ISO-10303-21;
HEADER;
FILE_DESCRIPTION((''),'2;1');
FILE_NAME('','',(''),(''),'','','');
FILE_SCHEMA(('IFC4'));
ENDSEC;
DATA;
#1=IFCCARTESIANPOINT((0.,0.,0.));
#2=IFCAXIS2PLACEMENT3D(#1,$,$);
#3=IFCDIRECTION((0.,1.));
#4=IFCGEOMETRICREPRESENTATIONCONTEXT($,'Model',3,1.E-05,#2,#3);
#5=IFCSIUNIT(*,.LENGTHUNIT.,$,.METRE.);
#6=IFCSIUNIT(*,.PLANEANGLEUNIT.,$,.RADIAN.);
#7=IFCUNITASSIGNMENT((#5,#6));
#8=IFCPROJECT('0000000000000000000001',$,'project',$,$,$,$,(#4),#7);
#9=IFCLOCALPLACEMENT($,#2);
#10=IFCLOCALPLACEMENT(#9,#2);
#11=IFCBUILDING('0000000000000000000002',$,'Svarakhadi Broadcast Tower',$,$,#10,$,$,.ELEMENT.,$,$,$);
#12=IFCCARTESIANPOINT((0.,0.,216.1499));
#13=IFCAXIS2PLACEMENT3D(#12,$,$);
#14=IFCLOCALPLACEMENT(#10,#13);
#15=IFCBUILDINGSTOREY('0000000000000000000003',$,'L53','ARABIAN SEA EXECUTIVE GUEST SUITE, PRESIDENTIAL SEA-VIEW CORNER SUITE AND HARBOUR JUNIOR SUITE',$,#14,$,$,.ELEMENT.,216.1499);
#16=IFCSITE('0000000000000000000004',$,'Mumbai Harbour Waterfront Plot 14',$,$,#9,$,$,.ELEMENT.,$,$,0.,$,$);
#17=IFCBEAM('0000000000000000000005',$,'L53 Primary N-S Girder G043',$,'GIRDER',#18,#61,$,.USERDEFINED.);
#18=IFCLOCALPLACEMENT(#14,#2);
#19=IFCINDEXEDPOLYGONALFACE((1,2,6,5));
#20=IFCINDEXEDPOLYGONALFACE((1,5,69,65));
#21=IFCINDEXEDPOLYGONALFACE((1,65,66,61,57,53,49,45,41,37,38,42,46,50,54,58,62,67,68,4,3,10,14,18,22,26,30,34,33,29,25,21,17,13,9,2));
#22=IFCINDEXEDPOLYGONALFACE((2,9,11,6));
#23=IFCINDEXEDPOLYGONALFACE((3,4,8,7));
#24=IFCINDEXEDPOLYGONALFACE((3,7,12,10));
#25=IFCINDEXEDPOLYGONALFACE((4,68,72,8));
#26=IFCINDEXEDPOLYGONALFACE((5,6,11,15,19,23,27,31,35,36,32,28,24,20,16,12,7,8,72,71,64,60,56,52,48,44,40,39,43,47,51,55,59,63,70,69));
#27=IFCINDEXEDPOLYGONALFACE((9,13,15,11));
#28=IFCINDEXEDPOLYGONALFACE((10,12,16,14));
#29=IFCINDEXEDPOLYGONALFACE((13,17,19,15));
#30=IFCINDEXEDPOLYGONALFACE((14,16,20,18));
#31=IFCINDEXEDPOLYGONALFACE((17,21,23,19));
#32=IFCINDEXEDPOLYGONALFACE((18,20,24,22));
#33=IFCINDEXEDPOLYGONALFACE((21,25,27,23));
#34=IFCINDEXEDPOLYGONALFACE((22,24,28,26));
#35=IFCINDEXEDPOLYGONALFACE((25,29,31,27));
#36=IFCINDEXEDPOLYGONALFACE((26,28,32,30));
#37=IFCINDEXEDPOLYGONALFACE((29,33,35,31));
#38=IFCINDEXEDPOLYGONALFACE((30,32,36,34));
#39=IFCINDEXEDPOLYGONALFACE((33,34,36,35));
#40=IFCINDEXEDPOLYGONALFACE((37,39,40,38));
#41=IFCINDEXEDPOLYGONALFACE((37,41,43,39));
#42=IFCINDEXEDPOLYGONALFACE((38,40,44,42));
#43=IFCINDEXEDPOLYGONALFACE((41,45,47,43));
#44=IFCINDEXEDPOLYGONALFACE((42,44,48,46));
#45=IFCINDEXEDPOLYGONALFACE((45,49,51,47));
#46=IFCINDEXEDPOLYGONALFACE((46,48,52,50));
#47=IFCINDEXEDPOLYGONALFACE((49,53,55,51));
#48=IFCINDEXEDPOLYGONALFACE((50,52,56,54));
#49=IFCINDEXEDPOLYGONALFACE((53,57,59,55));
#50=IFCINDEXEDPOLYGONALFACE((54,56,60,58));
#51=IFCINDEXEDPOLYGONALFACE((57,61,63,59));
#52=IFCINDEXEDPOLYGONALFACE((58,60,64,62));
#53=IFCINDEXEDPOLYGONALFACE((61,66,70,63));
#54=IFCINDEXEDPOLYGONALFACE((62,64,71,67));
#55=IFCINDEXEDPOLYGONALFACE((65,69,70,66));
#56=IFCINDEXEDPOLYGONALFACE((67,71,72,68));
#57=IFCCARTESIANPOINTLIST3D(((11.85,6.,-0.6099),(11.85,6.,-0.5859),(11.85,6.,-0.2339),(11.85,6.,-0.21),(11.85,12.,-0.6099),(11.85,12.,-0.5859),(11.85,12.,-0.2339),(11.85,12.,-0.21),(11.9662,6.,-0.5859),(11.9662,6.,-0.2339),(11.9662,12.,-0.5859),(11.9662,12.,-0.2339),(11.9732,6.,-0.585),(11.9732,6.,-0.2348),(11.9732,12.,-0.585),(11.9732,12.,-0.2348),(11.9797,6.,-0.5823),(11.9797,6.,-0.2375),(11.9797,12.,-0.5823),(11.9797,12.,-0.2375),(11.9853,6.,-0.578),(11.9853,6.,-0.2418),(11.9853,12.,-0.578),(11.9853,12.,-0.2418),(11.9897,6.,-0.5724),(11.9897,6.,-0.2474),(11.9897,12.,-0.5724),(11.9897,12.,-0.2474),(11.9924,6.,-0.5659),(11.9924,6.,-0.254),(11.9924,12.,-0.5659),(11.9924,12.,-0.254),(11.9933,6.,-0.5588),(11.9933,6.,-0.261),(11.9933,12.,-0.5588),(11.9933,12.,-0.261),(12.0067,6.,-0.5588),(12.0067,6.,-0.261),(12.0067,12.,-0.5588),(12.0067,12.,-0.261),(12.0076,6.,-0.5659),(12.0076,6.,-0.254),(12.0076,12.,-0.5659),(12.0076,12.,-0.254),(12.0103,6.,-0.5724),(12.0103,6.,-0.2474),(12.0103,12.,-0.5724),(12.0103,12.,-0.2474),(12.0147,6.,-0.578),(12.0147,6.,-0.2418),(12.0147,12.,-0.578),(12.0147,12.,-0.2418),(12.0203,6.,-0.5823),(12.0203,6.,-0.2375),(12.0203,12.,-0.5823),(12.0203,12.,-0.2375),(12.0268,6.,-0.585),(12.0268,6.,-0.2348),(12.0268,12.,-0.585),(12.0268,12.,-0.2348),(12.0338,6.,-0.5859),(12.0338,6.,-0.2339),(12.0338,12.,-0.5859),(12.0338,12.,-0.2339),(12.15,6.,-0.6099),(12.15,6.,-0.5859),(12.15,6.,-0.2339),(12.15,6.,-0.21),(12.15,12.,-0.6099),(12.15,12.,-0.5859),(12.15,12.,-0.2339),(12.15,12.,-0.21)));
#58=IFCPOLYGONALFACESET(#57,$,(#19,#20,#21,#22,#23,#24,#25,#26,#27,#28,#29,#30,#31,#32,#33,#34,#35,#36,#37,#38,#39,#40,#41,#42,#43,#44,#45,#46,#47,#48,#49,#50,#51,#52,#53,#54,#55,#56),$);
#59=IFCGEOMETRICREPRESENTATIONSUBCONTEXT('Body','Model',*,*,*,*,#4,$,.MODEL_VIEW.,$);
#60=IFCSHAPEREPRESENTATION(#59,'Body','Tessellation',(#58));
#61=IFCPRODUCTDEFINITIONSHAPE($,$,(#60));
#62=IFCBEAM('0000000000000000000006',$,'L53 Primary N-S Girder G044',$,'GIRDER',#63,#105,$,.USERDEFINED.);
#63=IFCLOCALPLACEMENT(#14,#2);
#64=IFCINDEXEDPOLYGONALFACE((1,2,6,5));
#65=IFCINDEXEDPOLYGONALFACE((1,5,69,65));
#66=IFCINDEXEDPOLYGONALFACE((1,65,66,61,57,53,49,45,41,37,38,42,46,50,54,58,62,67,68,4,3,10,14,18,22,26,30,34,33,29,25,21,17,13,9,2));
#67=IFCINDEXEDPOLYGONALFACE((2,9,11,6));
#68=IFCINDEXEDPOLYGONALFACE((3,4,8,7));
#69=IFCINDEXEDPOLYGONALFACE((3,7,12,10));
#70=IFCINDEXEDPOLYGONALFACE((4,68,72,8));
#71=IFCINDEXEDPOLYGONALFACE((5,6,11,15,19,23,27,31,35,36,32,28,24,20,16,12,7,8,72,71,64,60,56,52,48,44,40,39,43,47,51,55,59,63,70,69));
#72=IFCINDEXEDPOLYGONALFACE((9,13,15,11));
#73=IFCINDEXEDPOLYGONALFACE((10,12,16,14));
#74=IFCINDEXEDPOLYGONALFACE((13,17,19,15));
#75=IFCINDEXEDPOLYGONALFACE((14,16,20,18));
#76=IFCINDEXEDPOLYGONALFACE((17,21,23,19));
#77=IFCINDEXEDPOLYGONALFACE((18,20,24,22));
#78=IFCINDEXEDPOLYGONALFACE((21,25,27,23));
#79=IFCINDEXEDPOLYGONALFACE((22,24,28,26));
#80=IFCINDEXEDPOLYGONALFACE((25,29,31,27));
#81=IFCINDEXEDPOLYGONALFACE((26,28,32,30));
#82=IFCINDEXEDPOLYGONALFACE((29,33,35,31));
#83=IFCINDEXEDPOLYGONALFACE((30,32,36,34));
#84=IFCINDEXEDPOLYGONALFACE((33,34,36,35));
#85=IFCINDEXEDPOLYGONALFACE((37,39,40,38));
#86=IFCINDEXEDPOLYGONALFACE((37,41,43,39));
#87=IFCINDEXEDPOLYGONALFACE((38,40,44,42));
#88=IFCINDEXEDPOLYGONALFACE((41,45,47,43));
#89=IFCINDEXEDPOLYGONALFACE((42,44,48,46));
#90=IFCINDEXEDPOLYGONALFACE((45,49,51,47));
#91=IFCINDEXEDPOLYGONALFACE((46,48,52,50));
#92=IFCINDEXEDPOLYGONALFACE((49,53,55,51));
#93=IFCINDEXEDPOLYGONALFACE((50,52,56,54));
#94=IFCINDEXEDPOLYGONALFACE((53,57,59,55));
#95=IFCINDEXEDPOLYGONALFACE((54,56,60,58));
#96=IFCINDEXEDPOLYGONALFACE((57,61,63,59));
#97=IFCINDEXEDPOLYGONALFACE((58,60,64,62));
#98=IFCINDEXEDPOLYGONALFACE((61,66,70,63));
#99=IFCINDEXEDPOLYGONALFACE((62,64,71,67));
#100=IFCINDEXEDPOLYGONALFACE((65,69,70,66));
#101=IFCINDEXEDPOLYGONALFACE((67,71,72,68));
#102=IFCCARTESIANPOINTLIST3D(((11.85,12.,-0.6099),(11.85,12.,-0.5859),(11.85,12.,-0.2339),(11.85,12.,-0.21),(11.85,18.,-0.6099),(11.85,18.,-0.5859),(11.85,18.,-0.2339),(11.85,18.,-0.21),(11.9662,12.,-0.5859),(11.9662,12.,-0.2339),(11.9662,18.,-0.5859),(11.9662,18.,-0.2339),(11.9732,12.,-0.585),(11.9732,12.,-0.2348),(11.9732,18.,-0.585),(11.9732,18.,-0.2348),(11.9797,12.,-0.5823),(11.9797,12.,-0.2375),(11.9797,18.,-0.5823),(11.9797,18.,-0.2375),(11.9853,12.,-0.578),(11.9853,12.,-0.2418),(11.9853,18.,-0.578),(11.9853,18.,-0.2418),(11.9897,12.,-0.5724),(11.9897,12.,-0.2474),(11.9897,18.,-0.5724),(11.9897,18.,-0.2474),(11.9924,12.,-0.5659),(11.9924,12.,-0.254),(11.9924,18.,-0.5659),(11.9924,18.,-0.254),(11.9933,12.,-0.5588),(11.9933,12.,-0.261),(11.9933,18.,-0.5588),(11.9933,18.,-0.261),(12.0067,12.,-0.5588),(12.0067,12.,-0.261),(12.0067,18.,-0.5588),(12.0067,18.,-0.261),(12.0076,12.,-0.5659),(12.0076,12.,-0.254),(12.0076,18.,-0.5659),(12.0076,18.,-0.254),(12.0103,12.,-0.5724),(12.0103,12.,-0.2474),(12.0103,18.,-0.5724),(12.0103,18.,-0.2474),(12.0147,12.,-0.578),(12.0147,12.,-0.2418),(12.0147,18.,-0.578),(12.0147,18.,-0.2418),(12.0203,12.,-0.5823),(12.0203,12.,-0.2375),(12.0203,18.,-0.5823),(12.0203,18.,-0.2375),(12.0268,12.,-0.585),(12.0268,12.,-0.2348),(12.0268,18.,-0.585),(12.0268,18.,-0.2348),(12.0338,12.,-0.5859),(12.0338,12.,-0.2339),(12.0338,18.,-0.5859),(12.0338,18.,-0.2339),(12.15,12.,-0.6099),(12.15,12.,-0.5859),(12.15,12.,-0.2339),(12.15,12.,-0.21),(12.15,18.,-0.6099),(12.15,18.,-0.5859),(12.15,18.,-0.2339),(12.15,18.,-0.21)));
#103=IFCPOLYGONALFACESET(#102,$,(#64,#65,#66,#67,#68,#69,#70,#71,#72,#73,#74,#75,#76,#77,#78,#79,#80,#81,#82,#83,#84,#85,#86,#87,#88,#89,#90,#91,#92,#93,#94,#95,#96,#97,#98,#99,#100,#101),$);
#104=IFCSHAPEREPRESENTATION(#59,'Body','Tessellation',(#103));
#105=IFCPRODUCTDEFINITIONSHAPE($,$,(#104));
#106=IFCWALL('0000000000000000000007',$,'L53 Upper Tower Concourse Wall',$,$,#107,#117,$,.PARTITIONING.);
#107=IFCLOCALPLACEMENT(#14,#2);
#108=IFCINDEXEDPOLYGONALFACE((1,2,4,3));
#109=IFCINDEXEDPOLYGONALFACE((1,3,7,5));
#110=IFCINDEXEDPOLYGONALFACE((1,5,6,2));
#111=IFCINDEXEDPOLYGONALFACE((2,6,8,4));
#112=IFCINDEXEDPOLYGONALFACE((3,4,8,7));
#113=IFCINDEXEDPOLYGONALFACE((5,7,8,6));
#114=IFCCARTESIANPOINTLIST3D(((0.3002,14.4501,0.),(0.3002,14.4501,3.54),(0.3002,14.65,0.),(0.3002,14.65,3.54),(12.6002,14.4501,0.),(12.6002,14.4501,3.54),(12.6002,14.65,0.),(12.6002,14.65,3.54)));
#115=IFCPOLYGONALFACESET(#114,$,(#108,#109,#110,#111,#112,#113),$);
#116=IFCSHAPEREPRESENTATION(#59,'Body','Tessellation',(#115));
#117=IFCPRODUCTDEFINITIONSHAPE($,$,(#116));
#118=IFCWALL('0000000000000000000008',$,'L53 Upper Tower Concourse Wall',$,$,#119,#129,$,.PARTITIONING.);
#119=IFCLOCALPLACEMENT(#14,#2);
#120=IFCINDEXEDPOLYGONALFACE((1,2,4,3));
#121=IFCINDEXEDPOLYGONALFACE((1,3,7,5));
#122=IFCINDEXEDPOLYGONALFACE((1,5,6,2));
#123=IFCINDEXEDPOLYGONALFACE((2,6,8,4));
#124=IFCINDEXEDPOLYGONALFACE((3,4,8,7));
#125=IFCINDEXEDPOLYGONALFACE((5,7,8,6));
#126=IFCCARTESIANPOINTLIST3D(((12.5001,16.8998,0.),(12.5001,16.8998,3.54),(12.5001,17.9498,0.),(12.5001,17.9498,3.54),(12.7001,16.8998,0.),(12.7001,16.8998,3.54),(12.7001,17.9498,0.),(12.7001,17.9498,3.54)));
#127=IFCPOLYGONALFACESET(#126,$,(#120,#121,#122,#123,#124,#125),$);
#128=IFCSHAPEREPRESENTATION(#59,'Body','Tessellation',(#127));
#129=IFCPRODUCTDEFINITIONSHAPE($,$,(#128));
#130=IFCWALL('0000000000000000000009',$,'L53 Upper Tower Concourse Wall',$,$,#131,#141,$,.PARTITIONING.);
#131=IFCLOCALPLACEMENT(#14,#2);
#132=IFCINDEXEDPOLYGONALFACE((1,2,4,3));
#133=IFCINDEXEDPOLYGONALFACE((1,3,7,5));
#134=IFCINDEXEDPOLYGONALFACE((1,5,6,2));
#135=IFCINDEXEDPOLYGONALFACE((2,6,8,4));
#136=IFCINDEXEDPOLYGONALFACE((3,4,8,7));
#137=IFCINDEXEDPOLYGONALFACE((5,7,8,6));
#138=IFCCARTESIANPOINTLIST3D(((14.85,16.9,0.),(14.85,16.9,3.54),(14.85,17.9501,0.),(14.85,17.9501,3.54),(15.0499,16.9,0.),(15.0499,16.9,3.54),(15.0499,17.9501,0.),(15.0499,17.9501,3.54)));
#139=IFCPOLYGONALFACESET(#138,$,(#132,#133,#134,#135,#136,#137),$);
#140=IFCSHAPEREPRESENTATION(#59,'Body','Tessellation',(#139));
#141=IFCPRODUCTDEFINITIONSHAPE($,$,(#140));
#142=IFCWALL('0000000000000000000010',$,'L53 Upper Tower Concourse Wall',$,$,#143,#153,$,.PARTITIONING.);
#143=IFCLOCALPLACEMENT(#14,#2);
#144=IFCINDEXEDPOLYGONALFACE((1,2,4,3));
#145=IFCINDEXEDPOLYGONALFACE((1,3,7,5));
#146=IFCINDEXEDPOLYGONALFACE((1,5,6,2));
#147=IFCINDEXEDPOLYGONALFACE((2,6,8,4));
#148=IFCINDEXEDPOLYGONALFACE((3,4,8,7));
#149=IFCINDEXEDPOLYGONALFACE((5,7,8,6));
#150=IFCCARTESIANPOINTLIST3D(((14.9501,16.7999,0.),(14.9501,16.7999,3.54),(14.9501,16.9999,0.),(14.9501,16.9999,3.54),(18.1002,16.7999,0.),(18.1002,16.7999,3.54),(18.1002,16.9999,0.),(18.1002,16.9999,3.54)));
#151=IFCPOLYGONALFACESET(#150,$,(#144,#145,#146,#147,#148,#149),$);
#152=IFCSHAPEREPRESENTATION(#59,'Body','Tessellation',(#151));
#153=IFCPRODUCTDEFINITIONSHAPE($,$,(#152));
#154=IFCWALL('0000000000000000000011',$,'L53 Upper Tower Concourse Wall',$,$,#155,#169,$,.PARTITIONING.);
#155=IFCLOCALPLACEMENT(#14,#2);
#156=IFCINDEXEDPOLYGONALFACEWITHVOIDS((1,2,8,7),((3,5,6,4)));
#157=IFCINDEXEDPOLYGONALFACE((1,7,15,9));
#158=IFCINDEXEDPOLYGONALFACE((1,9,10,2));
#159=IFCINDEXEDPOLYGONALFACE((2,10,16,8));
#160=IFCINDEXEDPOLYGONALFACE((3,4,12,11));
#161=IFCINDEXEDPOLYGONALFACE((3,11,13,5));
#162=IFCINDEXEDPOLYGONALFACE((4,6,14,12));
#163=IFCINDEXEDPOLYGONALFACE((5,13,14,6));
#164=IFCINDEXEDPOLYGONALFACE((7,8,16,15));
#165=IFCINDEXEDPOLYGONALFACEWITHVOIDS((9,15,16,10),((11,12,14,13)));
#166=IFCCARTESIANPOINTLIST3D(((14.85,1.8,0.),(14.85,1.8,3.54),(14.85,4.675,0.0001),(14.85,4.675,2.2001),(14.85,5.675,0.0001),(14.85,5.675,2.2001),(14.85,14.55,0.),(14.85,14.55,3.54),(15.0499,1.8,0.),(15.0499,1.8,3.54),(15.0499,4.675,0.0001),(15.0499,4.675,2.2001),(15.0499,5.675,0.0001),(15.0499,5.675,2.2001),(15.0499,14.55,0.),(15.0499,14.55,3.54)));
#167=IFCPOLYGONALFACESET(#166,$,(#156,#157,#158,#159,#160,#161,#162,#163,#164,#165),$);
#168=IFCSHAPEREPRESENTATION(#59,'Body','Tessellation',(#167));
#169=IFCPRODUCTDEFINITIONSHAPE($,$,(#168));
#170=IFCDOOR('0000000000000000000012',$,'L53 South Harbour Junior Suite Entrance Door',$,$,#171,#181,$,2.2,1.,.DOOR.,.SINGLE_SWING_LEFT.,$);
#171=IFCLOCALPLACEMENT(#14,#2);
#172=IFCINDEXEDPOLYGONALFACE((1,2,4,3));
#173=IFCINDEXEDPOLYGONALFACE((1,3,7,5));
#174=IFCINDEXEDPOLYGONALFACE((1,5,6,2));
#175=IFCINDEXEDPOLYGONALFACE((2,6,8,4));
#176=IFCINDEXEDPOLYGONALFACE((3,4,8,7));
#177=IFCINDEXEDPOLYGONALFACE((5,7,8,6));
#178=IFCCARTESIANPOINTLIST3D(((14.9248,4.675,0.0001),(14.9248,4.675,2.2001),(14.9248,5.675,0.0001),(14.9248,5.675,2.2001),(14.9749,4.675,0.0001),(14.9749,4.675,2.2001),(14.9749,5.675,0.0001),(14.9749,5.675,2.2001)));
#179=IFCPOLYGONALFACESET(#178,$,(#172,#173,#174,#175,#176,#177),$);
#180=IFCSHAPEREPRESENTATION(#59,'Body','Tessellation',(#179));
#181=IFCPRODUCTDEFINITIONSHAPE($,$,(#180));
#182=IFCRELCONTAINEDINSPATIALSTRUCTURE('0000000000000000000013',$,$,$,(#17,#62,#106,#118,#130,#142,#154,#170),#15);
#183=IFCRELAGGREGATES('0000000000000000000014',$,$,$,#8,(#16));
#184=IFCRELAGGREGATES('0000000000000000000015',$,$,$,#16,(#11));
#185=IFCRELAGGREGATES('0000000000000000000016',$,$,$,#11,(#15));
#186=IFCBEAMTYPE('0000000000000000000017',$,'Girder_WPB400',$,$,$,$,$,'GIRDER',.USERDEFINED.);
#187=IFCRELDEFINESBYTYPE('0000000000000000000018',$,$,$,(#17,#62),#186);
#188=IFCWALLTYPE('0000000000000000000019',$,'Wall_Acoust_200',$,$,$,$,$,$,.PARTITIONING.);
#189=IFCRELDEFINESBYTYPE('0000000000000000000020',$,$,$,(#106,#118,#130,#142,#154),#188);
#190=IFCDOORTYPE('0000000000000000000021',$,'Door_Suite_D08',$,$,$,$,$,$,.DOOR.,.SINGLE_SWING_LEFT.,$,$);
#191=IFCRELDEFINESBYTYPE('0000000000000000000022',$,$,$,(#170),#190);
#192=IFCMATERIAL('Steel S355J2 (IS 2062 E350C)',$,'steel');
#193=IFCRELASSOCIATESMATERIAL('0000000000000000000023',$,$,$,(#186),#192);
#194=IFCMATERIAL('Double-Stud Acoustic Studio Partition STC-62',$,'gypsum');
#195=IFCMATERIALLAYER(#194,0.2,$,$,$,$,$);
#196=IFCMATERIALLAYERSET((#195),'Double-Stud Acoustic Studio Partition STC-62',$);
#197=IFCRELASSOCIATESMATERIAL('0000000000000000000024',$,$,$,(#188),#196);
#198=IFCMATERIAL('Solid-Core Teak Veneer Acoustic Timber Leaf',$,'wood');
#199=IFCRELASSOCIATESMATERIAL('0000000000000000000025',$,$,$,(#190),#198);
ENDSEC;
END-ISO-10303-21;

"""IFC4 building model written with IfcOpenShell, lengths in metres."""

from ifc_helpers import new_model, si_unit, direction, frame, frame_2d, origin, origin_2d, place, context, subcontext, project, spatial, rectangle, i_section, extrude, material, layer, layer_set, material_profile, profile_set, type_object, element, fill, save


model = new_model("IFC4")

# Units and contexts
model_context = context("Model", 3, precision=1e-05, world=origin(), true_north=direction((0.0, 1.0)))
body_context = subcontext(model_context, "Body", "Model", "MODEL_VIEW")
ifc_project = project(units=[si_unit("LENGTHUNIT", "METRE"), si_unit("PLANEANGLEUNIT", "RADIAN")], contexts=[model_context])

# Site, building, storey
site_placement = place(None, origin())
site = spatial("IfcSite", under=ifc_project, at=site_placement, Name="Mumbai Harbour Waterfront Plot 14", CompositionType="ELEMENT", RefElevation=0.0)
building_placement = place(site_placement, origin())
building = spatial("IfcBuilding", under=site, at=building_placement, Name="Svarakhadi Broadcast Tower", CompositionType="ELEMENT")
storey_placement = place(building_placement, frame((0.0, 0.0, 216.1499)))
storey = spatial("IfcBuildingStorey", under=building, at=storey_placement, Name="L53", Description="ARABIAN SEA EXECUTIVE GUEST SUITE, PRESIDENTIAL SEA-VIEW CORNER SUITE AND HARBOUR JUNIOR SUITE", CompositionType="ELEMENT", Elevation=216.1499)

# Beams
ifc_material_1 = material(Name="Steel S355J2 (IS 2062 E350C)", Category="steel")
ifc_material_profile_1 = material_profile(ifc_material_1, i_section(OverallWidth=0.3, OverallDepth=0.3999, WebThickness=0.0134, FlangeThickness=0.0239, FilletRadius=0.0271, at=origin_2d()), Name="WPB 400x300x155")
ifc_profile_set_1 = profile_set([ifc_material_profile_1], Name="Steel S355J2 (IS 2062 E350C)")
beam_type_1 = type_object("IfcBeamType", Name="Girder_WPB400", ElementType="GIRDER", PredefinedType="USERDEFINED", material=ifc_profile_set_1)
for number, where, z_axis, x_axis, name in (
    (1, (12.0, 6.0, -0.4099), (0.0, 1.0, 0.0), (-1.0, 0.0, 0.0), "L53 Primary N-S Girder G043"),
    (2, (12.0, 12.0, -0.4099), (0.0, 1.0, 0.0), (-1.0, 0.0, 0.0), "L53 Primary N-S Girder G044"),
):
    element("IfcBeam", number, at=place(storey_placement, frame(where, z_axis=z_axis, x_axis=x_axis)), inside=storey, type_object=beam_type_1, Name=name, ObjectType="GIRDER", PredefinedType="USERDEFINED", context=body_context, shape_type="SweptSolid", body=[
        extrude(i_section(OverallWidth=0.3, OverallDepth=0.3999, WebThickness=0.0134, FlangeThickness=0.0239, FilletRadius=0.0271, at=origin_2d()), origin(), (0.0, 0.0, 1.0), 6.0),
    ])

# Walls
ifc_material_2 = material(Name="Double-Stud Acoustic Studio Partition STC-62", Category="gypsum")
ifc_layer_1 = layer(ifc_material_2, 0.2)
ifc_layer_set_1 = layer_set([ifc_layer_1], Name="Double-Stud Acoustic Studio Partition STC-62")
wall_type_1 = type_object("IfcWallType", Name="Wall_Acoust_200", PredefinedType="PARTITIONING", material=ifc_layer_set_1)
wall_1_placement = place(storey_placement, frame((12.6001, 14.55, 0.0), z_axis=(0.0, 0.0, 1.0), x_axis=(-1.0, 0.0, 0.0)))
element("IfcWall", 3, at=wall_1_placement, inside=storey, type_object=wall_type_1, Name="L53 Upper Tower Concourse Wall", PredefinedType="PARTITIONING", context=body_context, shape_type="SweptSolid", body=[
    extrude(rectangle(XDim=12.3, YDim=0.2, at=frame_2d((6.1499, 0.0))), origin(), (0.0, 0.0, 1.0), 3.54),
])
for number, where, z_axis, x_axis, name in (
    (4, (12.6001, 16.8999, 0.0), (0.0, 0.0, 1.0), (0.0, 1.0, 0.0), "L53 Upper Tower Concourse Wall"),
    (5, (14.95, 17.95, 0.0), (0.0, 0.0, 1.0), (0.0, -1.0, 0.0), "L53 Upper Tower Concourse Wall"),
):
    element("IfcWall", number, at=place(storey_placement, frame(where, z_axis=z_axis, x_axis=x_axis)), inside=storey, type_object=wall_type_1, Name=name, PredefinedType="PARTITIONING", context=body_context, shape_type="SweptSolid", body=[
        extrude(rectangle(XDim=1.05, YDim=0.2, at=frame_2d((0.5249, 0.0))), origin(), (0.0, 0.0, 1.0), 3.54),
    ])
wall_2_placement = place(storey_placement, frame((14.95, 16.8999, 0.0), z_axis=(0.0, 0.0, 1.0), x_axis=(1.0, 0.0, 0.0)))
element("IfcWall", 6, at=wall_2_placement, inside=storey, type_object=wall_type_1, Name="L53 Upper Tower Concourse Wall", PredefinedType="PARTITIONING", context=body_context, shape_type="SweptSolid", body=[
    extrude(rectangle(XDim=3.1501, YDim=0.2, at=frame_2d((1.5752, 0.0))), origin(), (0.0, 0.0, 1.0), 3.54),
])

# Wall, opening, door
wall_3_placement = place(storey_placement, frame((14.95, 14.55, 0.0), z_axis=(0.0, 0.0, 1.0), x_axis=(0.0, -1.0, 0.0)))
wall_3 = element("IfcWall", 7, at=wall_3_placement, inside=storey, type_object=wall_type_1, Name="L53 Upper Tower Concourse Wall", PredefinedType="PARTITIONING", context=body_context, shape_type="SweptSolid", body=[
    extrude(rectangle(XDim=12.75, YDim=0.2, at=frame_2d((6.375, 0.0))), origin(), (0.0, 0.0, 1.0), 3.54),
])
opening_1_placement = place(wall_3_placement, frame((8.875, 0.0, 0.0)))
opening_1 = element("IfcOpeningElement", 8, at=opening_1_placement, cuts=wall_3, PredefinedType="OPENING", context=body_context, shape_type="SweptSolid", body=[
    extrude(rectangle(XDim=1.0, YDim=2.2, at=frame_2d((0.5, 1.1001))), frame((0.0, 0.1099, 0.0), z_axis=(0.0, -1.0, 0.0), x_axis=(1.0, 0.0, 0.0)), (0.0, 0.0, 1.0), 0.22),
])
ifc_material_3 = material(Name="Solid-Core Teak Veneer Acoustic Timber Leaf", Category="wood")
door_type_1 = type_object("IfcDoorType", Name="Door_Suite_D08", OperationType="SINGLE_SWING_LEFT", PredefinedType="DOOR", material=ifc_material_3)
door_1_placement = place(opening_1_placement, origin())
door_1 = element("IfcDoor", 9, at=door_1_placement, inside=storey, type_object=door_type_1, Name="L53 South Harbour Junior Suite Entrance Door", OperationType="SINGLE_SWING_LEFT", OverallHeight=2.2, OverallWidth=1.0, PredefinedType="DOOR", context=body_context, shape_type="SweptSolid", body=[
    extrude(rectangle(XDim=1.0, YDim=2.2, at=frame_2d((0.5, 1.1001))), frame((0.0, 0.0249, 0.0), z_axis=(0.0, -1.0, 0.0), x_axis=(1.0, 0.0, 0.0)), (0.0, 0.0, 1.0), 0.05),
])
fill(opening_1, door_1)

save(model, "model.ifc")
